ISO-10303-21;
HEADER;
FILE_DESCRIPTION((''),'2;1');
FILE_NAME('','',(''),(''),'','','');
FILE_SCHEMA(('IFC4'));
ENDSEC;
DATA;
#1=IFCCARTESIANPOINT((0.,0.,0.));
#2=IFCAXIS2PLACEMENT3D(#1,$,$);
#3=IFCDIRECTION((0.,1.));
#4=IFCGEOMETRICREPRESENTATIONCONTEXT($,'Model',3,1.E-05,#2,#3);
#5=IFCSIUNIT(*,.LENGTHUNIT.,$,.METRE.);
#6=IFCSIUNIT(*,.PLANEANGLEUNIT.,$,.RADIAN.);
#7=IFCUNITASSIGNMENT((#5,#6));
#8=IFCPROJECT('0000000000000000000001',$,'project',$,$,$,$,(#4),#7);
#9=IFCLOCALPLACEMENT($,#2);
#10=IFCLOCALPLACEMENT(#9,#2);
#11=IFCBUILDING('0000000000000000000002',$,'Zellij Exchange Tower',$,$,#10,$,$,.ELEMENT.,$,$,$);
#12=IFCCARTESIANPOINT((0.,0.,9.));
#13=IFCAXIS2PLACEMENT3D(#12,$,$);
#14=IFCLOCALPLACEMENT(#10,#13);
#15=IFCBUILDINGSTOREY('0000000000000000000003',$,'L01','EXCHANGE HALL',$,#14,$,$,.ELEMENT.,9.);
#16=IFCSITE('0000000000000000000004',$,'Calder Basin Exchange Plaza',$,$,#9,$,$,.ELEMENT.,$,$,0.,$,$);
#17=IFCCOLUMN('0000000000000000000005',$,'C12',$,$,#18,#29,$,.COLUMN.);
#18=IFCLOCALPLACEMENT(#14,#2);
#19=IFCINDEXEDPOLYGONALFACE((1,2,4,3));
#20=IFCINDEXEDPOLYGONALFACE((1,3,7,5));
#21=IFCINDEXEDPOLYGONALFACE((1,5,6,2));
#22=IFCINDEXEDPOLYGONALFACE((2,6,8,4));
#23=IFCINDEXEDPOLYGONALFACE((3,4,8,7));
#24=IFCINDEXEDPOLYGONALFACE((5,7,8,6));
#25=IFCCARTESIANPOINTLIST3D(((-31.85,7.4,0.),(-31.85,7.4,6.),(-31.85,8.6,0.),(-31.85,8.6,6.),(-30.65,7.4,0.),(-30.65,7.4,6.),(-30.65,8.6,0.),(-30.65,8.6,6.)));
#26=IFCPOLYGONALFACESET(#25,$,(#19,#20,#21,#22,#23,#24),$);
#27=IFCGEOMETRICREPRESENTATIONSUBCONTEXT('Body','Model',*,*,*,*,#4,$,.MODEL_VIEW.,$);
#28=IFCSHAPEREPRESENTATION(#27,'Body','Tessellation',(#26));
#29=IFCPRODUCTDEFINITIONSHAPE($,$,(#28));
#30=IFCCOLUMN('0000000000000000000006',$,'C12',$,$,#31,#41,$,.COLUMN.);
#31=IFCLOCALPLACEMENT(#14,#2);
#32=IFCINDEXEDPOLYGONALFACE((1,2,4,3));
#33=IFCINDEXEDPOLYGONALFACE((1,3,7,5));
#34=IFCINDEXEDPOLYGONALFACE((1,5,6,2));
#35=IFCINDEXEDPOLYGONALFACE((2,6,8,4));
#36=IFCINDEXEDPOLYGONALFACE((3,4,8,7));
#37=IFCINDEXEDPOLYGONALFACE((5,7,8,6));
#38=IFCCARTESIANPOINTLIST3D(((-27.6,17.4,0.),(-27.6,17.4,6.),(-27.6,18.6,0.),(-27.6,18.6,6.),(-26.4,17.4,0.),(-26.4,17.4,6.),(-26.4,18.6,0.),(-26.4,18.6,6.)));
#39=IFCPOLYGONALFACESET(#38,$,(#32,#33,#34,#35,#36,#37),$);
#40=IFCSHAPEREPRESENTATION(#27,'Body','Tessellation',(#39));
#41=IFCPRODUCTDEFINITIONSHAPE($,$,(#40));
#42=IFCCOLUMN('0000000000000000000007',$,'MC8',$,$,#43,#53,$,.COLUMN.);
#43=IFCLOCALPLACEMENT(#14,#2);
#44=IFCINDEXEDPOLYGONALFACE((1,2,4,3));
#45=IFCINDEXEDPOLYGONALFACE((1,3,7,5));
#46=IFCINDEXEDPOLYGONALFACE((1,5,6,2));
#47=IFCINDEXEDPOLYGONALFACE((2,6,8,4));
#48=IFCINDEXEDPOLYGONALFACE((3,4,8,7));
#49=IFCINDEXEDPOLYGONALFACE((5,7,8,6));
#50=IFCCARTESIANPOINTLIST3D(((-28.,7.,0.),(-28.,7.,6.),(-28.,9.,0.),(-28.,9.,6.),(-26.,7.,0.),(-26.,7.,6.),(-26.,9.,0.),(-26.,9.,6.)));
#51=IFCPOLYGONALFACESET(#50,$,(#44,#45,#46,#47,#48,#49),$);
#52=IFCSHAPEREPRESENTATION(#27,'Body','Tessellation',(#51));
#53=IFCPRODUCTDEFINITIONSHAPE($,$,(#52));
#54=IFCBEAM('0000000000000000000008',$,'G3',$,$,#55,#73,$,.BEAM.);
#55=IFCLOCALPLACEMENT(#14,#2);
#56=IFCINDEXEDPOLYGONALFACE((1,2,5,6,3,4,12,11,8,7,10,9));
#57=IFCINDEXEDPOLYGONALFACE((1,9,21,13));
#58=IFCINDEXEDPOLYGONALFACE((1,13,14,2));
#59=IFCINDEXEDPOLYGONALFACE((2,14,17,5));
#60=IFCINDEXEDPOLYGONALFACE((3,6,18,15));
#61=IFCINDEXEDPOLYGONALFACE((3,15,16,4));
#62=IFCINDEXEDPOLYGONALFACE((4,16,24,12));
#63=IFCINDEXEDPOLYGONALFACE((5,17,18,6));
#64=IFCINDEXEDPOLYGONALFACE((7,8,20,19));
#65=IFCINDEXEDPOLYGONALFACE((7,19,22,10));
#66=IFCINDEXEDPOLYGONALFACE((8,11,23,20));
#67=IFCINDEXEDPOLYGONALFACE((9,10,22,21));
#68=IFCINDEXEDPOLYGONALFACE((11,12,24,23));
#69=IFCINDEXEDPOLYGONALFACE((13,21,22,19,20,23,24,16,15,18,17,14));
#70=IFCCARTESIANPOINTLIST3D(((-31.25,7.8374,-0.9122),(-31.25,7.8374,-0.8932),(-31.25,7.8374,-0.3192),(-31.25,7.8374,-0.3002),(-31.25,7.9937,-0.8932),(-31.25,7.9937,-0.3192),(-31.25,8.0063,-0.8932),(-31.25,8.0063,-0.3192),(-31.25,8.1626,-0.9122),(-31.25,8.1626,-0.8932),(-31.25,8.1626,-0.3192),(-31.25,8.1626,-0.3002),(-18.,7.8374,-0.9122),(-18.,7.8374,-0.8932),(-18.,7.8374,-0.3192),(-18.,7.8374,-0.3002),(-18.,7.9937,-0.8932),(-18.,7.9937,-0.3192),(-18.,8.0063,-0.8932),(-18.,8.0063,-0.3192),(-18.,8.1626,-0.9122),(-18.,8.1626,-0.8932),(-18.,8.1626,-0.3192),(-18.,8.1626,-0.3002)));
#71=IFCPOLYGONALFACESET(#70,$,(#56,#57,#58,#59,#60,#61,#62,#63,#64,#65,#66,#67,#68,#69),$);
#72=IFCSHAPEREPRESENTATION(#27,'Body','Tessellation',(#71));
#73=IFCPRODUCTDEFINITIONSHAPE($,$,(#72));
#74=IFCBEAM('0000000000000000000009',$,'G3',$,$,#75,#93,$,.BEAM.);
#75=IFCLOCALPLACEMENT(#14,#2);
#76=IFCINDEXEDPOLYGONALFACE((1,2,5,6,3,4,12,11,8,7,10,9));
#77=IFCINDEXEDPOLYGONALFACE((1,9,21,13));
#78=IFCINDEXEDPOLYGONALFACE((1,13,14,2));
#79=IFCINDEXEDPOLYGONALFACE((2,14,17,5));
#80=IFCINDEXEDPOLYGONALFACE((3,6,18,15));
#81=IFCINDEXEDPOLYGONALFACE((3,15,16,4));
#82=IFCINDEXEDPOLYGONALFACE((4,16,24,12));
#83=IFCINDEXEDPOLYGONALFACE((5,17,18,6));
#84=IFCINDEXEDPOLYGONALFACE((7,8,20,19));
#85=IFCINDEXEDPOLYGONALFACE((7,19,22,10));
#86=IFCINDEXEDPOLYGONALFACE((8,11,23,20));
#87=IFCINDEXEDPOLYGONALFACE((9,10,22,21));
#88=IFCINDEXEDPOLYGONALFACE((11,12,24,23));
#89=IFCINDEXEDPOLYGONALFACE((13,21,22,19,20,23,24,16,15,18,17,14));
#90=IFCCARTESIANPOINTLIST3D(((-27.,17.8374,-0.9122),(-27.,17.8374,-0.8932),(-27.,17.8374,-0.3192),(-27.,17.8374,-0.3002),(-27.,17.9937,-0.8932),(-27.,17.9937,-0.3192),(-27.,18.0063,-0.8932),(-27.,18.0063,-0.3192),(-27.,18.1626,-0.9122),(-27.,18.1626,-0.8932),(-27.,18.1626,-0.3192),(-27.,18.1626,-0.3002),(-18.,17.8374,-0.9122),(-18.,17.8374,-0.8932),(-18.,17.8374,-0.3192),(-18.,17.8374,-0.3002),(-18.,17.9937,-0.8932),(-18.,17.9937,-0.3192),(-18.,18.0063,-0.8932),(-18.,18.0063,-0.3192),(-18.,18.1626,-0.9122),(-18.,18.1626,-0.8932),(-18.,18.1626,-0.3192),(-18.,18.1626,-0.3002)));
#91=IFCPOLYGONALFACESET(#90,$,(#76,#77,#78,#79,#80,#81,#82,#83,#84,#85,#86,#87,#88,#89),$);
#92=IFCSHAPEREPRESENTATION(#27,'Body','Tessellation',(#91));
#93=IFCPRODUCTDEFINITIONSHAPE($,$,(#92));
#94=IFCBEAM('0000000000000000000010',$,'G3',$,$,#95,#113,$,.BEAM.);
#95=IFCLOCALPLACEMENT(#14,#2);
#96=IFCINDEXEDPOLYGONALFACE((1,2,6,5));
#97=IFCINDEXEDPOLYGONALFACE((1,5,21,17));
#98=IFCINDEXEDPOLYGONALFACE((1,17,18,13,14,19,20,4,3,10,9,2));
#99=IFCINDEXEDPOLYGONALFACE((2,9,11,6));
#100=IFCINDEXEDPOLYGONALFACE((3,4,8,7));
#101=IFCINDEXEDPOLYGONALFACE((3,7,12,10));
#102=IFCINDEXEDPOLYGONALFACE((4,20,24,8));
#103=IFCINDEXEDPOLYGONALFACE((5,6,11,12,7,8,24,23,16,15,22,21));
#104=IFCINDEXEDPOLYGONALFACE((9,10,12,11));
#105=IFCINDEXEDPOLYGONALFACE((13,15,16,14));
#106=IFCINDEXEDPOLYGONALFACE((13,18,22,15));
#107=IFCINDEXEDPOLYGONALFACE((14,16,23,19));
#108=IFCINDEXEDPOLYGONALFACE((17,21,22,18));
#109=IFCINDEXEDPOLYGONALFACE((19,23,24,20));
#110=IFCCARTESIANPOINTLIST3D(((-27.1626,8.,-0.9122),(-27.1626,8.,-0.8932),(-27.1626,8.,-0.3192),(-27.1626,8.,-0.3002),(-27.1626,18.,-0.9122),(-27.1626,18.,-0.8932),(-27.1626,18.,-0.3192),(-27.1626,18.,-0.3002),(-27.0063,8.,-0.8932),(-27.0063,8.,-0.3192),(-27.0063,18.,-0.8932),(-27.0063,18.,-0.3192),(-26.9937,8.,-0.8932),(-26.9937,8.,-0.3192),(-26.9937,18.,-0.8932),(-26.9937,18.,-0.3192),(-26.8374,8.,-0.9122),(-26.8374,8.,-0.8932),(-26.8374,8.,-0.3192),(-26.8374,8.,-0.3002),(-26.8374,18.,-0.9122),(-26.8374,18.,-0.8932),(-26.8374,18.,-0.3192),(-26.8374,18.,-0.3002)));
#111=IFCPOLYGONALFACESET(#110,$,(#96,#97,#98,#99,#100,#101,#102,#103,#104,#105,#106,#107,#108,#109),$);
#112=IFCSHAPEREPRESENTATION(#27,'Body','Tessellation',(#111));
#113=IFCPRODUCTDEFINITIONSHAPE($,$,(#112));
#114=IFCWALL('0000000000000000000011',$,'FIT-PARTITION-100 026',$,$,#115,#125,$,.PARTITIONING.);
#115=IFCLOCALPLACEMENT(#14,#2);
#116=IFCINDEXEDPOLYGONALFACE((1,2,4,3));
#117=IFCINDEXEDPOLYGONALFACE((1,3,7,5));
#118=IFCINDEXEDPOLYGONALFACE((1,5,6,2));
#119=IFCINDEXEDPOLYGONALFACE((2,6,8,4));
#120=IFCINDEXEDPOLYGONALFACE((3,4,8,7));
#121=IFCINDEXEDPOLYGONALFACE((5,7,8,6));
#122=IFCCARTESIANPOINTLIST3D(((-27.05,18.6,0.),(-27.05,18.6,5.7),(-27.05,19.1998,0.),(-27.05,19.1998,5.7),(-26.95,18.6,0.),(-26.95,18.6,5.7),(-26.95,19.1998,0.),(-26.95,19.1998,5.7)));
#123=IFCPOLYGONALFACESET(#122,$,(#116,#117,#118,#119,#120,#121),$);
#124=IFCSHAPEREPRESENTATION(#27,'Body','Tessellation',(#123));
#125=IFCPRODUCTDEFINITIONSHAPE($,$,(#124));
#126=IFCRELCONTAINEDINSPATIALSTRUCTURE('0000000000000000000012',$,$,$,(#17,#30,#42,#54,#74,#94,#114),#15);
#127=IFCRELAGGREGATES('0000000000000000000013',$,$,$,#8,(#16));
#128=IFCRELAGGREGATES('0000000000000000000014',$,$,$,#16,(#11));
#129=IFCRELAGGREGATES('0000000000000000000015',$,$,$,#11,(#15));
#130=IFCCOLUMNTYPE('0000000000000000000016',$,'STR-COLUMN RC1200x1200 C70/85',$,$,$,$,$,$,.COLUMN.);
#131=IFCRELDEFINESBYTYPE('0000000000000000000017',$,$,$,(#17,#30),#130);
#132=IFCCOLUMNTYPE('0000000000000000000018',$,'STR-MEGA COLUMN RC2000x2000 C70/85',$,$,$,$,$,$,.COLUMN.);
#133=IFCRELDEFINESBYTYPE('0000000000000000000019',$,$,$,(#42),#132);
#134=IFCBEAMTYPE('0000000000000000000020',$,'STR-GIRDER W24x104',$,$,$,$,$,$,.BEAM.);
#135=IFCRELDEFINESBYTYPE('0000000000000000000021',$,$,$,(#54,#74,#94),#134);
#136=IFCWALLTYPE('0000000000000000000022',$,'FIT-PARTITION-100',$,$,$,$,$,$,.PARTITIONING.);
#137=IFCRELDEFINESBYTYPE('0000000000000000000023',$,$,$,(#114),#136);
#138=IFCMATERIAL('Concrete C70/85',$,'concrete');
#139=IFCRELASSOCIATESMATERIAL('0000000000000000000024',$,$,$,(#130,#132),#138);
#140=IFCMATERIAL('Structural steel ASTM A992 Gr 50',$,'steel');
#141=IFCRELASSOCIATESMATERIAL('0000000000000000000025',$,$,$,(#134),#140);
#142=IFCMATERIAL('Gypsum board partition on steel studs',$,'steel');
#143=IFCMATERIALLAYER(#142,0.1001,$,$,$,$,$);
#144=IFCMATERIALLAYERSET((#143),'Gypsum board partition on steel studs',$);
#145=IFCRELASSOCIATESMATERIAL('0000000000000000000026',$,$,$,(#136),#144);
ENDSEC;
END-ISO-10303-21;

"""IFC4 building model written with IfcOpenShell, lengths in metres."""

from ifc_helpers import new_model, si_unit, direction, frame, frame_2d, origin, origin_2d, place, context, subcontext, project, spatial, rectangle, i_section, extrude, material, layer, layer_set, material_profile, profile_set, type_object, element, save


model = new_model("IFC4")

# Units and contexts
model_context = context("Model", 3, precision=1e-05, world=origin(), true_north=direction((0.0, 1.0)))
body_context = subcontext(model_context, "Body", "Model", "MODEL_VIEW")
ifc_project = project(units=[si_unit("LENGTHUNIT", "METRE"), si_unit("PLANEANGLEUNIT", "RADIAN")], contexts=[model_context])

# Site, building, storey
site_placement = place(None, origin())
site = spatial("IfcSite", under=ifc_project, at=site_placement, Name="Calder Basin Exchange Plaza", CompositionType="ELEMENT", RefElevation=0.0)
building_placement = place(site_placement, origin())
building = spatial("IfcBuilding", under=site, at=building_placement, Name="Zellij Exchange Tower", CompositionType="ELEMENT")
storey_placement = place(building_placement, frame((0.0, 0.0, 9.0)))
storey = spatial("IfcBuildingStorey", under=building, at=storey_placement, Name="L01", Description="EXCHANGE HALL", CompositionType="ELEMENT", Elevation=9.0)

# Columns
ifc_material_1 = material(Name="Concrete C70/85", Category="concrete")
ifc_material_profile_1 = material_profile(ifc_material_1, rectangle(XDim=1.2, YDim=1.2, at=origin_2d()), Name="STR-COLUMN RC1200x1200 C70/85")
ifc_profile_set_1 = profile_set([ifc_material_profile_1], Name="Concrete C70/85")
column_type_1 = type_object("IfcColumnType", Name="STR-COLUMN RC1200x1200 C70/85", PredefinedType="COLUMN", material=ifc_profile_set_1)
for number, where, z_axis, x_axis, name in (
    (1, (-31.25, 8.0, 0.0), (0.0, 0.0, 1.0), (1.0, 0.0, 0.0), "C12"),
    (2, (-27.0, 18.0, 0.0), (0.0, 0.0, 1.0), (1.0, 0.0, 0.0), "C12"),
):
    element("IfcColumn", number, at=place(storey_placement, frame(where, z_axis=z_axis, x_axis=x_axis)), inside=storey, type_object=column_type_1, Name=name, PredefinedType="COLUMN", context=body_context, shape_type="SweptSolid", body=[
        extrude(rectangle(XDim=1.2, YDim=1.2, at=origin_2d()), origin(), (0.0, 0.0, 1.0), 6.0),
    ])
ifc_material_profile_2 = material_profile(ifc_material_1, rectangle(XDim=2.0, YDim=2.0, at=origin_2d()), Name="STR-MEGA COLUMN RC2000x2000 C70/85")
ifc_profile_set_2 = profile_set([ifc_material_profile_2], Name="Concrete C70/85")
column_type_2 = type_object("IfcColumnType", Name="STR-MEGA COLUMN RC2000x2000 C70/85", PredefinedType="COLUMN", material=ifc_profile_set_2)
column_placement = place(storey_placement, frame((-27.0, 8.0, 0.0), z_axis=(0.0, 0.0, 1.0), x_axis=(1.0, 0.0, 0.0)))
element("IfcColumn", 3, at=column_placement, inside=storey, type_object=column_type_2, Name="MC8", PredefinedType="COLUMN", context=body_context, shape_type="SweptSolid", body=[
    extrude(rectangle(XDim=2.0, YDim=2.0, at=origin_2d()), origin(), (0.0, 0.0, 1.0), 6.0),
])

# Beams
ifc_material_2 = material(Name="Structural steel ASTM A992 Gr 50", Category="steel")
ifc_material_profile_3 = material_profile(ifc_material_2, i_section(OverallWidth=0.3252, OverallDepth=0.6121, WebThickness=0.0127, FlangeThickness=0.019, at=origin_2d()), Name="W24x104")
ifc_profile_set_3 = profile_set([ifc_material_profile_3], Name="Structural steel ASTM A992 Gr 50")
beam_type = type_object("IfcBeamType", Name="STR-GIRDER W24x104", PredefinedType="BEAM", material=ifc_profile_set_3)
beam_1_placement = place(storey_placement, frame((-31.25, 8.0, -0.6062), z_axis=(1.0, 0.0, 0.0), x_axis=(0.0, 1.0, 0.0)))
element("IfcBeam", 4, at=beam_1_placement, inside=storey, type_object=beam_type, Name="G3", PredefinedType="BEAM", context=body_context, shape_type="SweptSolid", body=[
    extrude(i_section(OverallWidth=0.3252, OverallDepth=0.6121, WebThickness=0.0127, FlangeThickness=0.019, at=origin_2d()), origin(), (0.0, 0.0, 1.0), 13.25),
])
beam_2_placement = place(storey_placement, frame((-27.0, 18.0, -0.6062), z_axis=(1.0, 0.0, 0.0), x_axis=(0.0, 1.0, 0.0)))
element("IfcBeam", 5, at=beam_2_placement, inside=storey, type_object=beam_type, Name="G3", PredefinedType="BEAM", context=body_context, shape_type="SweptSolid", body=[
    extrude(i_section(OverallWidth=0.3252, OverallDepth=0.6121, WebThickness=0.0127, FlangeThickness=0.019, at=origin_2d()), origin(), (0.0, 0.0, 1.0), 9.0),
])
beam_3_placement = place(storey_placement, frame((-27.0, 8.0, -0.6062), z_axis=(0.0, 1.0, 0.0), x_axis=(-1.0, 0.0, 0.0)))
element("IfcBeam", 6, at=beam_3_placement, inside=storey, type_object=beam_type, Name="G3", PredefinedType="BEAM", context=body_context, shape_type="SweptSolid", body=[
    extrude(i_section(OverallWidth=0.3252, OverallDepth=0.6121, WebThickness=0.0127, FlangeThickness=0.019, at=origin_2d()), origin(), (0.0, 0.0, 1.0), 10.0),
])

# Shared definitions
ifc_material_3 = material(Name="Gypsum board partition on steel studs", Category="steel")
ifc_layer_1 = layer(ifc_material_3, 0.1001)
ifc_layer_set_1 = layer_set([ifc_layer_1], Name="Gypsum board partition on steel studs")
wall_type = type_object("IfcWallType", Name="FIT-PARTITION-100", PredefinedType="PARTITIONING", material=ifc_layer_set_1)

# Wall
wall_1_placement = place(storey_placement, frame((-27.0, 18.6001, 0.0), z_axis=(0.0, 0.0, 1.0), x_axis=(0.0, 1.0, 0.0)))
element("IfcWall", 7, at=wall_1_placement, inside=storey, type_object=wall_type, Name="FIT-PARTITION-100 026", PredefinedType="PARTITIONING", context=body_context, shape_type="SweptSolid", body=[
    extrude(rectangle(XDim=0.5999, YDim=0.1001, at=frame_2d((0.2998, 0.0))), origin(), (0.0, 0.0, 1.0), 5.7),
])

save(model, "model.ifc")
